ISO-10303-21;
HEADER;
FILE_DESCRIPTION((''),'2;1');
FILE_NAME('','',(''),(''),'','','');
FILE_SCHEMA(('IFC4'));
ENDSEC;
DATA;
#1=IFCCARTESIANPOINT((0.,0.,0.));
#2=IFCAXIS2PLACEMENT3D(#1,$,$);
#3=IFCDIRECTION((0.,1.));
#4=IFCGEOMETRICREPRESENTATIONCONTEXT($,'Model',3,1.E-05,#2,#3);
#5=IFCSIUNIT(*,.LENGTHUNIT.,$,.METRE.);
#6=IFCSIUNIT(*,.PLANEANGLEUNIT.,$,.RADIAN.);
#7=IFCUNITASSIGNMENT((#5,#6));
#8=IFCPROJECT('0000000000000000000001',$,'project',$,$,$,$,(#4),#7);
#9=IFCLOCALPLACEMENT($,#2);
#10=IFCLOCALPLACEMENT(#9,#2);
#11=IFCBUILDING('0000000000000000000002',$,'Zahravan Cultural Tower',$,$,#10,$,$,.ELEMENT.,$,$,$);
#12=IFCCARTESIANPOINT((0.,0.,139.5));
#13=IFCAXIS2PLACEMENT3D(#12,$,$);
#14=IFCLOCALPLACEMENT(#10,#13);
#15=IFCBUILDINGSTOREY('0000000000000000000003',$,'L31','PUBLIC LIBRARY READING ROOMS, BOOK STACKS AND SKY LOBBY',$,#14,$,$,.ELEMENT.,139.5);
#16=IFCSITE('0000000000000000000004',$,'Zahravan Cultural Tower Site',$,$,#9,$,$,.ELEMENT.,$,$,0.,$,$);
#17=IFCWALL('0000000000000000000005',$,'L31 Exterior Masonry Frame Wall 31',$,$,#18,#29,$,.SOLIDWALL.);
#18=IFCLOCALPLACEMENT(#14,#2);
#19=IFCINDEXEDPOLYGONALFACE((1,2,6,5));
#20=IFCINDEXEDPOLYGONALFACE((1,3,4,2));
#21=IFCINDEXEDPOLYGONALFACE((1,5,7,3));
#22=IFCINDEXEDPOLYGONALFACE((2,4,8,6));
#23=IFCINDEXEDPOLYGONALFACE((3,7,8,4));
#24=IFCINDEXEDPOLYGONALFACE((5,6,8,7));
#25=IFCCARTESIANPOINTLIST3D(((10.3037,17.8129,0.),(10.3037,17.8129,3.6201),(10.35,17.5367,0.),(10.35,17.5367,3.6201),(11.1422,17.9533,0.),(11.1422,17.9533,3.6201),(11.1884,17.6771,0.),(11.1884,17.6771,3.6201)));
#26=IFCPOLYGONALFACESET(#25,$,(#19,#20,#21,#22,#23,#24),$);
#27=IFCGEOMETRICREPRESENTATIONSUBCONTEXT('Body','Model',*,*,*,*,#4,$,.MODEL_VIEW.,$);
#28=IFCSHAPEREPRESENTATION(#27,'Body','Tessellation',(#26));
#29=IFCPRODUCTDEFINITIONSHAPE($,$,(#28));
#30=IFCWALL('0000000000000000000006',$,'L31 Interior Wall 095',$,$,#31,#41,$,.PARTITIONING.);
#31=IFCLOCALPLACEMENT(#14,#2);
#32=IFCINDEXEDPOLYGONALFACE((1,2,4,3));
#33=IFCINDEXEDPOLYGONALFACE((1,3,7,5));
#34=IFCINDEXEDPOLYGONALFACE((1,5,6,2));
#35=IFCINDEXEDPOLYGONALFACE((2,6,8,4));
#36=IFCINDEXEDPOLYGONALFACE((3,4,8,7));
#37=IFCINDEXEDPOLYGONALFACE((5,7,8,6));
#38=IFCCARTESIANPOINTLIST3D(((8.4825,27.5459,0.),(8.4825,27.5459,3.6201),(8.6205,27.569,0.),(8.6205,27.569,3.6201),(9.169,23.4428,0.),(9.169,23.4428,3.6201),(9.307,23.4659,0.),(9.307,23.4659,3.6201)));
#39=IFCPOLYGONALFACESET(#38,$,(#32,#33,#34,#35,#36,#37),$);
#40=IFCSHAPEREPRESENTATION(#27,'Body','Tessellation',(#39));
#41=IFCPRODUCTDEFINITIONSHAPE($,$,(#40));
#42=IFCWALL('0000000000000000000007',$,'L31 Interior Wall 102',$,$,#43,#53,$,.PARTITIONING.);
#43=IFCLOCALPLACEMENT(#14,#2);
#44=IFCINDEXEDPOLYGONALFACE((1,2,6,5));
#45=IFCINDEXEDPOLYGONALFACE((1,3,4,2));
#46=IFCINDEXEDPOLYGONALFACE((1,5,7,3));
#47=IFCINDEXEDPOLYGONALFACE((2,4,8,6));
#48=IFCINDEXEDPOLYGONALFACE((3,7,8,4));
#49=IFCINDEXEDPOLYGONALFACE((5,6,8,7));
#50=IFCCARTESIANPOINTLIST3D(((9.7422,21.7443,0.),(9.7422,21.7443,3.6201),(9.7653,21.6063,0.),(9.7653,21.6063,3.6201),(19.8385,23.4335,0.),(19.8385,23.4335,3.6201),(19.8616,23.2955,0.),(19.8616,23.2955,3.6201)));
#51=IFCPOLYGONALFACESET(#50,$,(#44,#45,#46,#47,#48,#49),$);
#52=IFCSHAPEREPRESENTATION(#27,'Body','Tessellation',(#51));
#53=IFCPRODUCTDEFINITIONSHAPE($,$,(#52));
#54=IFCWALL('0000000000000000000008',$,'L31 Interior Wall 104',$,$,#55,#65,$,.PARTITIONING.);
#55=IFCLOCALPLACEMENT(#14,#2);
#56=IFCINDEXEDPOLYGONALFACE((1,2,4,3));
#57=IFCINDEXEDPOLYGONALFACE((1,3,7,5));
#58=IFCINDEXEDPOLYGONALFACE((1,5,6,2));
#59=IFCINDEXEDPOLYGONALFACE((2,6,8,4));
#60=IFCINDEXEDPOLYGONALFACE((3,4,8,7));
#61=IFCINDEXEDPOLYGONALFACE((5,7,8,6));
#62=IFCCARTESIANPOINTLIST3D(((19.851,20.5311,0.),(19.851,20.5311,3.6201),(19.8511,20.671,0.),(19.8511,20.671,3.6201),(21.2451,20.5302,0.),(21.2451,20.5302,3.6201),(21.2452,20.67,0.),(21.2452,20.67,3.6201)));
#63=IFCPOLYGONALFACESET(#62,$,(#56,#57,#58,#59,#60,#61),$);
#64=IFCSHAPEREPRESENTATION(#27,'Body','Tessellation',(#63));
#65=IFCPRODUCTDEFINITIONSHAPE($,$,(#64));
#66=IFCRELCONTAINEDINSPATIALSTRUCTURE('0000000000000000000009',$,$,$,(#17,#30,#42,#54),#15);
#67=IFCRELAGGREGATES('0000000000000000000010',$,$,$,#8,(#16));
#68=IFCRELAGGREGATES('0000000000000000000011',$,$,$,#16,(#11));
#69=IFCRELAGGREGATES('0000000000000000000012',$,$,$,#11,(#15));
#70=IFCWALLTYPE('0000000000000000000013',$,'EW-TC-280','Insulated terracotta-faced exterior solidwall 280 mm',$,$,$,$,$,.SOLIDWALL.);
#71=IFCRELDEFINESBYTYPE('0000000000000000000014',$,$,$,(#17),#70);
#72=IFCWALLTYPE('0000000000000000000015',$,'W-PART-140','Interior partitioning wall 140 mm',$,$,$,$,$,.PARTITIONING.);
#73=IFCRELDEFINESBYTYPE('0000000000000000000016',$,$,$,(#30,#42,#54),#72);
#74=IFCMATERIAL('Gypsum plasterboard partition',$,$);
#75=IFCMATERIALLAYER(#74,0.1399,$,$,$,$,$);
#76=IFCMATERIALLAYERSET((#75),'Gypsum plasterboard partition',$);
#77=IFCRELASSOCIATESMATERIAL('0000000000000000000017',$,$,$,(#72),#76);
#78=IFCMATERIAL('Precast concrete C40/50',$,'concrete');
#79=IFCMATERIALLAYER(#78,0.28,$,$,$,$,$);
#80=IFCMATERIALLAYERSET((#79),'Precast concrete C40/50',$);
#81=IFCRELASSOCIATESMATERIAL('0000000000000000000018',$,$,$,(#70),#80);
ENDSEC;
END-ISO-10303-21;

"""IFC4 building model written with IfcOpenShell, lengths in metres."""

from ifc_helpers import new_model, si_unit, direction, frame, frame_2d, origin, place, context, subcontext, project, spatial, rectangle, extrude, source, transform, mapped, material, layer, layer_set, type_object, element, save


model = new_model("IFC4")

# Units and contexts
model_context = context("Model", 3, precision=1e-05, world=origin(), true_north=direction((0.0, 1.0)))
body_context = subcontext(model_context, "Body", "Model", "MODEL_VIEW")
ifc_project = project(units=[si_unit("LENGTHUNIT", "METRE"), si_unit("PLANEANGLEUNIT", "RADIAN")], contexts=[model_context])

# Site, building, storey
site_placement = place(None, origin())
site = spatial("IfcSite", under=ifc_project, at=site_placement, Name="Zahravan Cultural Tower Site", CompositionType="ELEMENT", RefElevation=0.0)
building_placement = place(site_placement, origin())
building = spatial("IfcBuilding", under=site, at=building_placement, Name="Zahravan Cultural Tower", CompositionType="ELEMENT")
storey_placement = place(building_placement, frame((0.0, 0.0, 139.5)))
storey = spatial("IfcBuildingStorey", under=building, at=storey_placement, Name="L31", Description="PUBLIC LIBRARY READING ROOMS, BOOK STACKS AND SKY LOBBY", CompositionType="ELEMENT", Elevation=139.5)

# Shared definitions
ifc_material_1 = material(Name="Gypsum plasterboard partition")
ifc_layer_1 = layer(ifc_material_1, 0.1399)
ifc_layer_set_1 = layer_set([ifc_layer_1], Name="Gypsum plasterboard partition")
wall_type_1 = type_object("IfcWallType", Name="W-PART-140", Description="Interior partitioning wall 140 mm", PredefinedType="PARTITIONING", material=ifc_layer_set_1)

# Walls
ifc_material_2 = material(Name="Precast concrete C40/50", Category="concrete")
ifc_layer_2 = layer(ifc_material_2, 0.28)
ifc_layer_set_2 = layer_set([ifc_layer_2], Name="Precast concrete C40/50")
wall_type_2 = type_object("IfcWallType", Name="EW-TC-280", Description="Insulated terracotta-faced exterior solidwall 280 mm", PredefinedType="SOLIDWALL", material=ifc_layer_set_2)
shared_shape_1 = source(origin(), body_context, "Body", "SweptSolid", [
    extrude(rectangle(XDim=0.8501, YDim=0.28, at=frame_2d((0.425, 0.0))), origin(), (0.0, 0.0, 1.0), 3.6201),
])
wall_1_placement = place(storey_placement, frame((11.1653, 17.8152, 0.0), z_axis=(0.0, 0.0, 1.0), x_axis=(-0.986269, -0.165144, 0.0)))
element("IfcWall", 1, at=wall_1_placement, inside=storey, type_object=wall_type_2, Name="L31 Exterior Masonry Frame Wall 31", PredefinedType="SOLIDWALL", context=body_context, shape_type="MappedRepresentation", body=[
    mapped(shared_shape_1, transform((0.0, 0.0, 0.0), x_axis=(1.0, 0.0, 0.0), y_axis=(0.0, 1.0, 0.0), z_axis=(0.0, 0.0, 1.0), scale=1.0)),
])
shared_shape_2 = source(origin(), body_context, "Body", "SweptSolid", [
    extrude(rectangle(XDim=4.1602, YDim=0.1399, at=frame_2d((2.0801, 0.0))), origin(), (0.0, 0.0, 1.0), 3.6201),
])
wall_2_placement = place(storey_placement, frame((9.238, 23.4543, 0.0), z_axis=(0.0, 0.0, 1.0), x_axis=(-0.165027, 0.986289, 0.0)))
element("IfcWall", 2, at=wall_2_placement, inside=storey, type_object=wall_type_1, Name="L31 Interior Wall 095", PredefinedType="PARTITIONING", context=body_context, shape_type="MappedRepresentation", body=[
    mapped(shared_shape_2, transform((0.0, 0.0, 0.0), x_axis=(1.0, 0.0, 0.0), y_axis=(0.0, 1.0, 0.0), z_axis=(0.0, 0.0, 1.0), scale=1.0)),
])
shared_shape_3 = source(origin(), body_context, "Body", "SweptSolid", [
    extrude(rectangle(XDim=10.2366, YDim=0.1399, at=frame_2d((5.1182, 0.0))), origin(), (0.0, 0.0, 1.0), 3.6201),
])
wall_3_placement = place(storey_placement, frame((9.7539, 21.6753, 0.0), z_axis=(0.0, 0.0, 1.0), x_axis=(0.986291, 0.165018, 0.0)))
element("IfcWall", 3, at=wall_3_placement, inside=storey, type_object=wall_type_1, Name="L31 Interior Wall 102", PredefinedType="PARTITIONING", context=body_context, shape_type="MappedRepresentation", body=[
    mapped(shared_shape_3, transform((0.0, 0.0, 0.0), x_axis=(1.0, 0.0, 0.0), y_axis=(0.0, 1.0, 0.0), z_axis=(0.0, 0.0, 1.0), scale=1.0)),
])
shared_shape_4 = source(origin(), body_context, "Body", "SweptSolid", [
    extrude(rectangle(XDim=1.394, YDim=0.1399, at=frame_2d((0.697, 0.0))), origin(), (0.0, 0.0, 1.0), 3.6201),
])
wall_4_placement = place(storey_placement, frame((19.8511, 20.6011, 0.0), z_axis=(0.0, 0.0, 1.0), x_axis=(1.0, -0.000701, 0.0)))
element("IfcWall", 4, at=wall_4_placement, inside=storey, type_object=wall_type_1, Name="L31 Interior Wall 104", PredefinedType="PARTITIONING", context=body_context, shape_type="MappedRepresentation", body=[
    mapped(shared_shape_4, transform((0.0, 0.0, 0.0), x_axis=(1.0, 0.0, 0.0), y_axis=(0.0, 1.0, 0.0), z_axis=(0.0, 0.0, 1.0), scale=1.0)),
])

save(model, "model.ifc")
